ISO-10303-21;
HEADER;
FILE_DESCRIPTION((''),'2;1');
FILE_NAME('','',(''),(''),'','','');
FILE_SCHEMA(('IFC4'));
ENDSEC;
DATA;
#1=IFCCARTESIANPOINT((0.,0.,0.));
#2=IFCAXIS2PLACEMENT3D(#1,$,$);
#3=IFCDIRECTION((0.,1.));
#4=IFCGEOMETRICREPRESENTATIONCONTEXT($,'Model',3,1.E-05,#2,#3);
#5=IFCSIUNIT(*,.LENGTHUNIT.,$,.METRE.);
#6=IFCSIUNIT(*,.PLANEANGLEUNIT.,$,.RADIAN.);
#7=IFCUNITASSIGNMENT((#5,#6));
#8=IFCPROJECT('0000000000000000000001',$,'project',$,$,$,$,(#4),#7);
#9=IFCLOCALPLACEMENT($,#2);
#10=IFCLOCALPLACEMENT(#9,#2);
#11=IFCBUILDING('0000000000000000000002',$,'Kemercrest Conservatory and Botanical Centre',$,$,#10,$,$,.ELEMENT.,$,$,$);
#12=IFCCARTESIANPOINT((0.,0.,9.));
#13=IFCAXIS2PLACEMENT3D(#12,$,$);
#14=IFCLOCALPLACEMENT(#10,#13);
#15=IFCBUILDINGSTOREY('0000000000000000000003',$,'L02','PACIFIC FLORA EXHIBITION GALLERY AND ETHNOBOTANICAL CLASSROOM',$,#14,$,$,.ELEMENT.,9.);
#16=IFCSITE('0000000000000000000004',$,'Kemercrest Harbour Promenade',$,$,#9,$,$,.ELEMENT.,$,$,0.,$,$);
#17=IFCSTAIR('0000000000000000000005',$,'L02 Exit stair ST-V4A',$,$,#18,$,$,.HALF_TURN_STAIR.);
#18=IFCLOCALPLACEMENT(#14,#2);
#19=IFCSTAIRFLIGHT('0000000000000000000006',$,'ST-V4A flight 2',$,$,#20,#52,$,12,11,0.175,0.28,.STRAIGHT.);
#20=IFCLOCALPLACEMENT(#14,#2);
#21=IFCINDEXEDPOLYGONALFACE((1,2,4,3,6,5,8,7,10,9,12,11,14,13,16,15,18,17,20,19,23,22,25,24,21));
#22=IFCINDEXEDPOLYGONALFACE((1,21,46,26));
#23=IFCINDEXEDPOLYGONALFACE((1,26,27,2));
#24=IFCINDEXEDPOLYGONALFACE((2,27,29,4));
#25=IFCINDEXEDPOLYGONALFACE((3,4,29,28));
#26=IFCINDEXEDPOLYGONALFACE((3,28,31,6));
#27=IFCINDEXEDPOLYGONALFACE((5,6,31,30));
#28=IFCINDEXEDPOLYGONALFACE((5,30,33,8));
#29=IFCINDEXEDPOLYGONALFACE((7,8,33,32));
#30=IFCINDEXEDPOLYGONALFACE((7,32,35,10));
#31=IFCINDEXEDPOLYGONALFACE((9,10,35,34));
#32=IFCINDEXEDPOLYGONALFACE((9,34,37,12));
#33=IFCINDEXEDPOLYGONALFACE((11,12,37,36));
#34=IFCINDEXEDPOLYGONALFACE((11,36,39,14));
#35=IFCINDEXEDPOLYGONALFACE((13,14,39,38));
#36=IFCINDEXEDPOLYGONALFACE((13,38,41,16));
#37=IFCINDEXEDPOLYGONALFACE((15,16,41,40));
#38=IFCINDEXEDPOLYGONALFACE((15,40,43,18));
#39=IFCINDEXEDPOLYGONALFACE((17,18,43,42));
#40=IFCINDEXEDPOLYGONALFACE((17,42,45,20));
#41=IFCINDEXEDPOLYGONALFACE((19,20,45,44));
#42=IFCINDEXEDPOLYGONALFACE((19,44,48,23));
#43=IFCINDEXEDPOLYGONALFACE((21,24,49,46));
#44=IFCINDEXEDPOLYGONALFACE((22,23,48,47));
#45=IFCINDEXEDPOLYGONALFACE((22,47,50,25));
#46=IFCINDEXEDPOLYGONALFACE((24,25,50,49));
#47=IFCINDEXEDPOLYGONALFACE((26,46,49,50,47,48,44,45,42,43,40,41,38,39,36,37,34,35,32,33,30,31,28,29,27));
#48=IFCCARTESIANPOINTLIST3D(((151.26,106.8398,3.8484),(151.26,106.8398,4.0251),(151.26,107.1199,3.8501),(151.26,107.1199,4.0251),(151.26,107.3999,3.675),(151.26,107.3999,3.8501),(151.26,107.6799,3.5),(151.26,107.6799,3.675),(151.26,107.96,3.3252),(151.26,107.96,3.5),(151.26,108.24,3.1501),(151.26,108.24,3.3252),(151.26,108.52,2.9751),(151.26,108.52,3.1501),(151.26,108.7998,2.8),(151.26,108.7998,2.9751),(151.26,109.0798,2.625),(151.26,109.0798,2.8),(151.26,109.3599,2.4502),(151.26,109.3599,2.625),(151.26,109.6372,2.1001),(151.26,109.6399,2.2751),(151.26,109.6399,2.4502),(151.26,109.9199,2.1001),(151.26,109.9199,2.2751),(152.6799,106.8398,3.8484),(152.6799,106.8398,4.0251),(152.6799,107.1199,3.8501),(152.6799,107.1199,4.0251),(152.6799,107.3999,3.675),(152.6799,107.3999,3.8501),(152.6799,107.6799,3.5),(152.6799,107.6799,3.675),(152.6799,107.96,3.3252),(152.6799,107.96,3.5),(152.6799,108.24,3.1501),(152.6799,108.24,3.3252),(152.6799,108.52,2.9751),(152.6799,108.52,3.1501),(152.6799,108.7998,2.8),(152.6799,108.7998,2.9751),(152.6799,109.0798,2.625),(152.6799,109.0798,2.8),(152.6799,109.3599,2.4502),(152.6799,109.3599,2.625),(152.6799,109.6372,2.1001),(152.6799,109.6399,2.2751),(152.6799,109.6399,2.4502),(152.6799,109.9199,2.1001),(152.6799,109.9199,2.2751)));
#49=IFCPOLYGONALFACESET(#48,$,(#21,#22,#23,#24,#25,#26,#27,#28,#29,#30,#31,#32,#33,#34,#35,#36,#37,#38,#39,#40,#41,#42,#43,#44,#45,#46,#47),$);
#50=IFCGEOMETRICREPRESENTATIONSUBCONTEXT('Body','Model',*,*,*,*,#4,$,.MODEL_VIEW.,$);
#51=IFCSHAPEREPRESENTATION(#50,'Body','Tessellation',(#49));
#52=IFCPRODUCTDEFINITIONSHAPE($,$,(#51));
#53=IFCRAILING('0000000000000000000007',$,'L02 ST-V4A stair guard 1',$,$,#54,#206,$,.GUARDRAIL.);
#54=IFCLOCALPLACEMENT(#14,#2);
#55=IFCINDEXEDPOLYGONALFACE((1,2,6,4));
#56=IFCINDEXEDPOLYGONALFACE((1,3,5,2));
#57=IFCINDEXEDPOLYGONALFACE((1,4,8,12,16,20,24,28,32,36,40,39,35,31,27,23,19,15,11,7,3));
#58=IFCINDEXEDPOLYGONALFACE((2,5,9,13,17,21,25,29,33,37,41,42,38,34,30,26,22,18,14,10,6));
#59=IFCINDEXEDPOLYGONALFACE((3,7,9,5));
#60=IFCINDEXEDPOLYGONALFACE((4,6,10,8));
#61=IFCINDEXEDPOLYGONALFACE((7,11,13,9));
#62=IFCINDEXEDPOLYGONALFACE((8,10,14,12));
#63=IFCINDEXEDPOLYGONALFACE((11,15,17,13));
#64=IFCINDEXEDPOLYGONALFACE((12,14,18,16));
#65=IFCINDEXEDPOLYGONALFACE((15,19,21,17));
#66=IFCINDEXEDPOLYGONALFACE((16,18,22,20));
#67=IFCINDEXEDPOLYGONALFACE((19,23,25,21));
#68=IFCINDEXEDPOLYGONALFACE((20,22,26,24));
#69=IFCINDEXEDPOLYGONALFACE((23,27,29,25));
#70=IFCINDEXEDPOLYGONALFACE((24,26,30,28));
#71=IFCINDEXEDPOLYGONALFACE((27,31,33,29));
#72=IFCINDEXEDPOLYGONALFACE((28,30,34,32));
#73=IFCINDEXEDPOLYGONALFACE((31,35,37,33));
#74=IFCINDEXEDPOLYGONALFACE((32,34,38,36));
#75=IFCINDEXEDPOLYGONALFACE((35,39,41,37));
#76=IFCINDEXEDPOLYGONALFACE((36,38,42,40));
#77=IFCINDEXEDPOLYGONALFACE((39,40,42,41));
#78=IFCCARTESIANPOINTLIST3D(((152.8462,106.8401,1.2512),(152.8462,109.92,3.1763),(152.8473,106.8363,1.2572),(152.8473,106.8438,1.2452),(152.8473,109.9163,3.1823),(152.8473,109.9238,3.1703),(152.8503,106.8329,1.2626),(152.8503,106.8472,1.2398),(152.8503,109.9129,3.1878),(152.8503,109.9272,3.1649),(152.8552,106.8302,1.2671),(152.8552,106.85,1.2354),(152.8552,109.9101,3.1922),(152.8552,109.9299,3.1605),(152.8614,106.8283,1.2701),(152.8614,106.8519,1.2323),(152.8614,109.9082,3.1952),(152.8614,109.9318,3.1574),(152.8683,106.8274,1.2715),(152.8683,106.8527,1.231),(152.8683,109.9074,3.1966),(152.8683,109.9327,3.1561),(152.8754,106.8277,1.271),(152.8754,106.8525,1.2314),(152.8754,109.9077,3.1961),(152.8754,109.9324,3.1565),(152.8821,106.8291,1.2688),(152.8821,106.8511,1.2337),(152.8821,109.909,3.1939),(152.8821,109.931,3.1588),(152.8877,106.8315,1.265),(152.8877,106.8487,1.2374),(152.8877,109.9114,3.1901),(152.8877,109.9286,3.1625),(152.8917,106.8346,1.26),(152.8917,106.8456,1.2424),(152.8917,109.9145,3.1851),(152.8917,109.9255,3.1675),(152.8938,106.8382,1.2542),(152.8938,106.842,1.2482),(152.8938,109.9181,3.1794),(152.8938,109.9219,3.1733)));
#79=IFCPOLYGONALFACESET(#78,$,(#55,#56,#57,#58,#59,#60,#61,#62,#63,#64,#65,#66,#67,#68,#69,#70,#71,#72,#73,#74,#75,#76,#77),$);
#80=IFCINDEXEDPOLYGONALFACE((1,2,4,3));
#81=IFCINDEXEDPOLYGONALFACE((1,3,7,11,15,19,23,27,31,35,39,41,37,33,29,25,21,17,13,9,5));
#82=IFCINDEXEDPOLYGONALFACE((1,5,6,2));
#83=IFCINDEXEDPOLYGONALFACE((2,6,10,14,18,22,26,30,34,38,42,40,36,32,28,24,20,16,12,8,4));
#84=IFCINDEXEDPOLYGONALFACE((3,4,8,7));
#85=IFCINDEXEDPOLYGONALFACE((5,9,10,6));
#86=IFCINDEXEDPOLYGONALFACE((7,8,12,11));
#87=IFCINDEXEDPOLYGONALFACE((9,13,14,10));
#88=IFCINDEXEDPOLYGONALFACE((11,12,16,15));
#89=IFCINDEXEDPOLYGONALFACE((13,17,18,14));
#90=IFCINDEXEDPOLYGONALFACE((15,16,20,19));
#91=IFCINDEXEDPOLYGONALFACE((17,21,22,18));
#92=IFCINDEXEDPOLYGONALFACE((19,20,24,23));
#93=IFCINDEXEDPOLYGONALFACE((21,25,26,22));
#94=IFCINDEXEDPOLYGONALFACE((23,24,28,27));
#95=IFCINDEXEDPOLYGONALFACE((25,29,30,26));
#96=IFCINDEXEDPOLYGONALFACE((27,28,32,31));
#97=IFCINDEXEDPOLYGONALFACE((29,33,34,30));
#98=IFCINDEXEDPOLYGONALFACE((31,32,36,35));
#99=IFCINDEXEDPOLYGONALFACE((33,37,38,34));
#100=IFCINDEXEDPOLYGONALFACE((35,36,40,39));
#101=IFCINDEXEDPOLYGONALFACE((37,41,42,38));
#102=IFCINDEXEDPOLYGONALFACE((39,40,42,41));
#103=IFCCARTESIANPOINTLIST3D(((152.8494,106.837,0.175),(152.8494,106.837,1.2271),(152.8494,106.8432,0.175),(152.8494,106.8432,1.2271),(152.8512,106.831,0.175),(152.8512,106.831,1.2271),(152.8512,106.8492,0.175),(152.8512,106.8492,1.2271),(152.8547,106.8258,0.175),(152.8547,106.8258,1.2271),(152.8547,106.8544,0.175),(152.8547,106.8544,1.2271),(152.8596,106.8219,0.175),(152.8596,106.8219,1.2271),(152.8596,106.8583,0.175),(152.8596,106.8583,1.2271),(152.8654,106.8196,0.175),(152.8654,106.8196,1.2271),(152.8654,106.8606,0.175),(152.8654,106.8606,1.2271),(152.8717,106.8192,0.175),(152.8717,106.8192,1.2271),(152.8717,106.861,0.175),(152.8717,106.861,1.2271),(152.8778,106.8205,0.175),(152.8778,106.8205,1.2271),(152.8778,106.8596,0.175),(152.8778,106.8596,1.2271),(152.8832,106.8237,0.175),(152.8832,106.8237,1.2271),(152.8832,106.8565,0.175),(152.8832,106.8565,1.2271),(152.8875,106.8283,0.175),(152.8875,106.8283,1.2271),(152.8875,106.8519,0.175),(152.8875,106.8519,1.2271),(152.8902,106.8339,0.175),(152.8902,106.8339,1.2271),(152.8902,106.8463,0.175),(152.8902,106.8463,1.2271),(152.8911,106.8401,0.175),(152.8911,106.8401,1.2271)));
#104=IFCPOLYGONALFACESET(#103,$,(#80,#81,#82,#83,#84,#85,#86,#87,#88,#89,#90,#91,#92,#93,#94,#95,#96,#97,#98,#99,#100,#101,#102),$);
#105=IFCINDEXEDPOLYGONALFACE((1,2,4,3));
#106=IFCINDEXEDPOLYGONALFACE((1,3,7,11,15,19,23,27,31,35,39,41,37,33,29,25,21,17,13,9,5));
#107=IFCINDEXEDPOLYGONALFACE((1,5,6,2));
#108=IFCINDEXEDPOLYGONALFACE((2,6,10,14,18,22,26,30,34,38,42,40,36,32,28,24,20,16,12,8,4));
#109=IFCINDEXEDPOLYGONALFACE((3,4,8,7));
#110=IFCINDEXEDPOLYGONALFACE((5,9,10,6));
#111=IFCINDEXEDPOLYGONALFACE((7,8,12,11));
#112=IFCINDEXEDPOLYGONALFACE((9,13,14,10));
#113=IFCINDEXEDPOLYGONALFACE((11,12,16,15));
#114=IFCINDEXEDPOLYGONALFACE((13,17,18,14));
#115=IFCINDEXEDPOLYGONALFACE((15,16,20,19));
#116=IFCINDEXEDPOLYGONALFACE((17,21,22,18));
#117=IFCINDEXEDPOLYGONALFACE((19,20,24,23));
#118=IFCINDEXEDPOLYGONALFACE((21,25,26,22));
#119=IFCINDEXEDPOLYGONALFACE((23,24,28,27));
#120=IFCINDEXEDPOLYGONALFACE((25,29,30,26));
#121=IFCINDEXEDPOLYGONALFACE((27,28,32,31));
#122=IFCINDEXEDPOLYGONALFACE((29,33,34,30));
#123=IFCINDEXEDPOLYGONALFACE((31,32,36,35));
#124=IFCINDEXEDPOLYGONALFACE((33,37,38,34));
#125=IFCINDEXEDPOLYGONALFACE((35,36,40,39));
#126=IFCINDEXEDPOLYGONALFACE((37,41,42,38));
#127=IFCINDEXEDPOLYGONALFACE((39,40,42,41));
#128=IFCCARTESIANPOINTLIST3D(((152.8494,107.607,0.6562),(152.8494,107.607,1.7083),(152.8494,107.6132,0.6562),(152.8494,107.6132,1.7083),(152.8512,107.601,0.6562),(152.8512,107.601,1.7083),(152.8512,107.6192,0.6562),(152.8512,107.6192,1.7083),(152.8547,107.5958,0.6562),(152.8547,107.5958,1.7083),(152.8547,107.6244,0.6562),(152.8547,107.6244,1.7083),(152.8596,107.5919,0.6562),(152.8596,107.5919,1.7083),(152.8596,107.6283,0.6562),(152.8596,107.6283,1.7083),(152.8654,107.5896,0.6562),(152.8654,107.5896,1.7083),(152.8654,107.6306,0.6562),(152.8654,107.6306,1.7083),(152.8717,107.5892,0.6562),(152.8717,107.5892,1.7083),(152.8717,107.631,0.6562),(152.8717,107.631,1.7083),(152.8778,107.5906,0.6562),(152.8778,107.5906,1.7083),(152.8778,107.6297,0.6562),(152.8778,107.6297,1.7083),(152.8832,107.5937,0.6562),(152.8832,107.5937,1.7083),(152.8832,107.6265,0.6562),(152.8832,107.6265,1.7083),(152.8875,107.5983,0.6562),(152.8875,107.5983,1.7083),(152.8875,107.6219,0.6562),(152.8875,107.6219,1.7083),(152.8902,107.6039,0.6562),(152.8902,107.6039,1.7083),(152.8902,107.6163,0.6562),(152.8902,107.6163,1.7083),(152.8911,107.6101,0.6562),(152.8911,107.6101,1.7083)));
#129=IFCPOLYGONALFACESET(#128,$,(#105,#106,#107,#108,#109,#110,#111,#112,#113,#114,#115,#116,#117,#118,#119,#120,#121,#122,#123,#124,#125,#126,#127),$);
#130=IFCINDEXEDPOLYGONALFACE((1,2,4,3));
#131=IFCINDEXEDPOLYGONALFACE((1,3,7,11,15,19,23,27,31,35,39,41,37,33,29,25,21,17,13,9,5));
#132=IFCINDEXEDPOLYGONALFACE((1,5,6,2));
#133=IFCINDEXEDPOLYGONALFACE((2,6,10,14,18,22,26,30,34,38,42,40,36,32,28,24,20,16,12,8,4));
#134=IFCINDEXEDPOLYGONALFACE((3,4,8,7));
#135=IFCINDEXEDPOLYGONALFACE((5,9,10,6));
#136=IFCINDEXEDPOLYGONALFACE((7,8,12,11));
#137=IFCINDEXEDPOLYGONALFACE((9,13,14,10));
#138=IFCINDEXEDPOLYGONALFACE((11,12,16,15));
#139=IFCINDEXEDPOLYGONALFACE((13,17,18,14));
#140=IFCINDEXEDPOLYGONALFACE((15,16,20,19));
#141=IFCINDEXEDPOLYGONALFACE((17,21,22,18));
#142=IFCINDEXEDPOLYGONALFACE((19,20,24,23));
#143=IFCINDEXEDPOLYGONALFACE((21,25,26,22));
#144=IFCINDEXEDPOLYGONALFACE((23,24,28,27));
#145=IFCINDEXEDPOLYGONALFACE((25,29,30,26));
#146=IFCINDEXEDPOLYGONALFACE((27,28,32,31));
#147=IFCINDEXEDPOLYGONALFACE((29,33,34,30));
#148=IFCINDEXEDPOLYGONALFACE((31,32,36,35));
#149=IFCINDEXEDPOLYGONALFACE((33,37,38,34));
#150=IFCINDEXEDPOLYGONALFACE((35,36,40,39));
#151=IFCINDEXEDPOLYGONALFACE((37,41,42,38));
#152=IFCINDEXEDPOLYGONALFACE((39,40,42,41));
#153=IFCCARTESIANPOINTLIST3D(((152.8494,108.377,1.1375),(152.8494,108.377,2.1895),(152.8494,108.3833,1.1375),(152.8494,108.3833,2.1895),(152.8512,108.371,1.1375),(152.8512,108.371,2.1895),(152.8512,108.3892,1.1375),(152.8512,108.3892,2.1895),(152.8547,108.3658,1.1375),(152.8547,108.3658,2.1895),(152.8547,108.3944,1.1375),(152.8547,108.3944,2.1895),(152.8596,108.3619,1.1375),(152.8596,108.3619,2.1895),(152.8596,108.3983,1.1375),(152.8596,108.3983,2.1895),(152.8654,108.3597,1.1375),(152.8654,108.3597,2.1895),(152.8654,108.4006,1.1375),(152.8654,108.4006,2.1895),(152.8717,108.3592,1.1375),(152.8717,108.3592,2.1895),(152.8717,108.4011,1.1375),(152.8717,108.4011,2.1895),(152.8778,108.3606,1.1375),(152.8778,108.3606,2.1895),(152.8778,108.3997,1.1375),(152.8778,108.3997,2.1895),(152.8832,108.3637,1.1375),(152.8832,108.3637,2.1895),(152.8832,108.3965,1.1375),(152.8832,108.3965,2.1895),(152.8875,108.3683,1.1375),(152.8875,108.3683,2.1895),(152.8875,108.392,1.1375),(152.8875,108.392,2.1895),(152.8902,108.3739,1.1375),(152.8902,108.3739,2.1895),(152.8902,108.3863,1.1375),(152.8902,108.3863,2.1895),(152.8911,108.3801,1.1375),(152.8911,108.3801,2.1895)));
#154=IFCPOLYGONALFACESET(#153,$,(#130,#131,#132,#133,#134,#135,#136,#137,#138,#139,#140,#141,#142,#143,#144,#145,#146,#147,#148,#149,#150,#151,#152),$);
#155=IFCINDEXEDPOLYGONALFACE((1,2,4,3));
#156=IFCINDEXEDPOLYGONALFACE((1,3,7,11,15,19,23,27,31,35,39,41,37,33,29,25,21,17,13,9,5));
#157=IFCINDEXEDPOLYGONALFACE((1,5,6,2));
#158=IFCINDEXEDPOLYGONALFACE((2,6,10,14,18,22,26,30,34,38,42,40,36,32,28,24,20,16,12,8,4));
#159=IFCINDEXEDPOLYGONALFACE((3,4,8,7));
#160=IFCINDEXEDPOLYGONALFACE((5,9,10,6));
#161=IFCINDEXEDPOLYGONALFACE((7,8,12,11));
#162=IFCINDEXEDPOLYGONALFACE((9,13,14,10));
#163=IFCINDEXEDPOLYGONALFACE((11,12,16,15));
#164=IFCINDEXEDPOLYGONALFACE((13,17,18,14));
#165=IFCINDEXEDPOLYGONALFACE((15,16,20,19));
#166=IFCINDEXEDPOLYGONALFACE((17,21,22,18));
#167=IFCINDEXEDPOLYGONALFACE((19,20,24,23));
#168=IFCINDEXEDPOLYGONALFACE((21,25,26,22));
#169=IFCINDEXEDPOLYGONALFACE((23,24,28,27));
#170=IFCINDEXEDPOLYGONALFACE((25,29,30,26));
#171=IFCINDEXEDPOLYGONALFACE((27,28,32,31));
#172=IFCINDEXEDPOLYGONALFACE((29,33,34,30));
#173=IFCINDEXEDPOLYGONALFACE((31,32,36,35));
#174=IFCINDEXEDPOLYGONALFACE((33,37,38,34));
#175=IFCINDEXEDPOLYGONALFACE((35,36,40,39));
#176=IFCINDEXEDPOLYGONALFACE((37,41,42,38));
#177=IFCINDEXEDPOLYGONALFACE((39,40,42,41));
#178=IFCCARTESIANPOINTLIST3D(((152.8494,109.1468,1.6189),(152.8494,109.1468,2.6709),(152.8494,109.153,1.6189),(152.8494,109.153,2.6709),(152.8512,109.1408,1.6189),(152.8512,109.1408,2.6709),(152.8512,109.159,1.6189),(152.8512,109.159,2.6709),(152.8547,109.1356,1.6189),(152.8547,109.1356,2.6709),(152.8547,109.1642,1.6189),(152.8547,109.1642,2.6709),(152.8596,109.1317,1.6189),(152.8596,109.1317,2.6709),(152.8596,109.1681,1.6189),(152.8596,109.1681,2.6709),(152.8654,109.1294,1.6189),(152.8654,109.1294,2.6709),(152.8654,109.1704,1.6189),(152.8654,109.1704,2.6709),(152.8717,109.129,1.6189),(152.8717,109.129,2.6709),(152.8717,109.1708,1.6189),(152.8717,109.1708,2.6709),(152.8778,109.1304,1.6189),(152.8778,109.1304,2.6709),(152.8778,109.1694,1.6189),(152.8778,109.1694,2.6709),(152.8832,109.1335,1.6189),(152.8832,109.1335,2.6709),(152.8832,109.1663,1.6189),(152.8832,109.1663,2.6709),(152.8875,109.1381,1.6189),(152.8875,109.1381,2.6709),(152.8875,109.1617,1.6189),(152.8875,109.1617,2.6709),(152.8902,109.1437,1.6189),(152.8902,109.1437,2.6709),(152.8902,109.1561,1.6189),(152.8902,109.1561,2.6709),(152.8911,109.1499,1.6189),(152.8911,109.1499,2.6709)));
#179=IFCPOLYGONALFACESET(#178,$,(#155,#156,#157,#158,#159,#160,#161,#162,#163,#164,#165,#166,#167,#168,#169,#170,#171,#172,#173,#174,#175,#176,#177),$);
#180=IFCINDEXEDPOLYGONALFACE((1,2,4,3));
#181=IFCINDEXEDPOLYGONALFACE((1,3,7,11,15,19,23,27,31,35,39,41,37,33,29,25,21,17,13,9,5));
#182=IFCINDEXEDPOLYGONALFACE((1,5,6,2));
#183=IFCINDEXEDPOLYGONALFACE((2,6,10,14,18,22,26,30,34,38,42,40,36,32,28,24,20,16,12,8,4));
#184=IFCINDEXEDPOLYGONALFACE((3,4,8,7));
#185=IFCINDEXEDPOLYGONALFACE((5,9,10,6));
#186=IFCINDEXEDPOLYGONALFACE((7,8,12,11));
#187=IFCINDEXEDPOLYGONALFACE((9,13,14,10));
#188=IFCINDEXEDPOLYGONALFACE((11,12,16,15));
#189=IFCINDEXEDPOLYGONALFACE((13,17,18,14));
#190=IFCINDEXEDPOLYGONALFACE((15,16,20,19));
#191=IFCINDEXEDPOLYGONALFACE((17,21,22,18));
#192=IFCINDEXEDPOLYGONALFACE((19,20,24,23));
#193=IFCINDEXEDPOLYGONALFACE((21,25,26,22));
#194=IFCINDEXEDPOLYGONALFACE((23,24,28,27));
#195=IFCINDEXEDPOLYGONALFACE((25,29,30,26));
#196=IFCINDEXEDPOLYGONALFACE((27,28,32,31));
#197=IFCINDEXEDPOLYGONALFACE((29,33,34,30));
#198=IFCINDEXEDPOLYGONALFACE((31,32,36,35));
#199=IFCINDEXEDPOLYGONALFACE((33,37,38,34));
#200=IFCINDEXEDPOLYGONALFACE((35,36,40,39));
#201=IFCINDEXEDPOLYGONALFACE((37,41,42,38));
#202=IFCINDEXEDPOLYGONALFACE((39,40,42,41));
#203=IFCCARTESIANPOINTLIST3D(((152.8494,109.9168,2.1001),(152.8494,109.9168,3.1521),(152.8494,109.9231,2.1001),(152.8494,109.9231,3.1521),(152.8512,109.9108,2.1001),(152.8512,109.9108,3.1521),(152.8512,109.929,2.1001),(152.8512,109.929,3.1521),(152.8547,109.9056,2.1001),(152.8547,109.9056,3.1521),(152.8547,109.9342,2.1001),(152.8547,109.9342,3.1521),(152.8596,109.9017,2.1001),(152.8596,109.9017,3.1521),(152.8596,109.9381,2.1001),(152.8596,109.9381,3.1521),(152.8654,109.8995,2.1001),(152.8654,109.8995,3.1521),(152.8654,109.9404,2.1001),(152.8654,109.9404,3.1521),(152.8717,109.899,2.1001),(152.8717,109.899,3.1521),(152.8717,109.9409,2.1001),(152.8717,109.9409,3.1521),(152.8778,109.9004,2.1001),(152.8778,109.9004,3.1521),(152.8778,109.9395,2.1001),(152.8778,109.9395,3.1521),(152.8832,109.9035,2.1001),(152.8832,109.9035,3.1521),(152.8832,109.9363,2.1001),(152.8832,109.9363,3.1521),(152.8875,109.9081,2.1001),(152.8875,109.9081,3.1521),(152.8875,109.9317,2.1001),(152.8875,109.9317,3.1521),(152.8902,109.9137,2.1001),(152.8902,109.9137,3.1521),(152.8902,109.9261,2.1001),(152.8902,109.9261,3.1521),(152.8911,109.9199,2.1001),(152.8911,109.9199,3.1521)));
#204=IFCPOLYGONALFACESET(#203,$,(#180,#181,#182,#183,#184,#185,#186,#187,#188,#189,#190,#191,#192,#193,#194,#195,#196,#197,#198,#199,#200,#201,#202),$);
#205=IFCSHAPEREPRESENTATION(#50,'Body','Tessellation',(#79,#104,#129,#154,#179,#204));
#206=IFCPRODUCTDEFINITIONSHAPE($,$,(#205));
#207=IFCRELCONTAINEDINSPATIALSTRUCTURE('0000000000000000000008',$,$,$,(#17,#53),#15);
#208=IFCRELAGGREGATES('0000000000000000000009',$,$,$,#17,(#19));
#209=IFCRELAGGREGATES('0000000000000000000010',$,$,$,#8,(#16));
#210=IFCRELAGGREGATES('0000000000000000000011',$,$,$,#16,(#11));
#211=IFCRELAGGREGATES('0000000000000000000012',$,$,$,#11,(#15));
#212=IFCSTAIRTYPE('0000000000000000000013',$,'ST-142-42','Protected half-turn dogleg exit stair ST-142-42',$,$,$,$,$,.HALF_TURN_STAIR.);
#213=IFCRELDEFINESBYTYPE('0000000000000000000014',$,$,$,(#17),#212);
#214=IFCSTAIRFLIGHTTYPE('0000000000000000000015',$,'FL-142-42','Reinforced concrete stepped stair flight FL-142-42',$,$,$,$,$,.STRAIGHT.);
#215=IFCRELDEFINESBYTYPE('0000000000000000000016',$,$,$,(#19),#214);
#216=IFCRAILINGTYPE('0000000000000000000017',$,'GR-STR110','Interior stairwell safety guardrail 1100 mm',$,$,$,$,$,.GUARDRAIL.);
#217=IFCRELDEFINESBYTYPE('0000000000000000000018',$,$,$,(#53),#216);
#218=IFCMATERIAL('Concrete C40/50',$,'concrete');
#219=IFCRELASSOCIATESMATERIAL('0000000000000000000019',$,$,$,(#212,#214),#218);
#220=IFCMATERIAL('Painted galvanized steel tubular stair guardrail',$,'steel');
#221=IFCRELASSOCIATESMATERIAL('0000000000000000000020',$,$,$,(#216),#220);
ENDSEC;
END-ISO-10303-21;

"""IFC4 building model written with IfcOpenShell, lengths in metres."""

from ifc_helpers import new_model, si_unit, direction, frame, origin, origin_2d, place, context, subcontext, project, spatial, polyline, circle, outline, extrude, material, type_object, element, aggregate, save


model = new_model("IFC4")

# Units and contexts
model_context = context("Model", 3, precision=1e-05, world=origin(), true_north=direction((0.0, 1.0)))
body_context = subcontext(model_context, "Body", "Model", "MODEL_VIEW")
ifc_project = project(units=[si_unit("LENGTHUNIT", "METRE"), si_unit("PLANEANGLEUNIT", "RADIAN")], contexts=[model_context])

# Site, building, storey
site_placement = place(None, origin())
site = spatial("IfcSite", under=ifc_project, at=site_placement, Name="Kemercrest Harbour Promenade", CompositionType="ELEMENT", RefElevation=0.0)
building_placement = place(site_placement, origin())
building = spatial("IfcBuilding", under=site, at=building_placement, Name="Kemercrest Conservatory and Botanical Centre", CompositionType="ELEMENT")
storey_placement = place(building_placement, frame((0.0, 0.0, 9.0)))
storey = spatial("IfcBuildingStorey", under=building, at=storey_placement, Name="L02", Description="PACIFIC FLORA EXHIBITION GALLERY AND ETHNOBOTANICAL CLASSROOM", CompositionType="ELEMENT", Elevation=9.0)

# Shared definitions
ifc_material_1 = material(Name="Concrete C40/50", Category="concrete")

# Stair, stair flight
stair_type = type_object("IfcStairType", Name="ST-142-42", Description="Protected half-turn dogleg exit stair ST-142-42", PredefinedType="HALF_TURN_STAIR", material=ifc_material_1)
stair_placement = place(storey_placement, origin())
stair = element("IfcStair", 1, at=stair_placement, inside=storey, type_object=stair_type, Name="L02 Exit stair ST-V4A", PredefinedType="HALF_TURN_STAIR")
stair_flight_type = type_object("IfcStairFlightType", Name="FL-142-42", Description="Reinforced concrete stepped stair flight FL-142-42", PredefinedType="STRAIGHT", material=ifc_material_1)
stair_flight_1_placement = place(storey_placement, frame((151.97, 109.9199, 2.1001), z_axis=(0.0, 0.0, 1.0), x_axis=(0.0, -1.0, 0.0)))
stair_flight_1 = element("IfcStairFlight", 2, at=stair_flight_1_placement, type_object=stair_flight_type, Name="ST-V4A flight 2", NumberOfRisers=12, NumberOfTreads=11, PredefinedType="STRAIGHT", RiserHeight=0.175, TreadLength=0.28, context=body_context, shape_type="SweptSolid", body=[
    extrude(outline(polyline([(0.0, 0.0), (0.0, 0.175), (0.28, 0.175), (0.28, 0.3501), (0.5601, 0.3501), (0.5601, 0.5249), (0.8401, 0.5249), (0.8401, 0.7), (1.1201, 0.7), (1.1201, 0.875), (1.3999, 0.875), (1.3999, 1.05), (1.6799, 1.05), (1.6799, 1.2251), (1.96, 1.2251), (1.96, 1.3999), (2.24, 1.3999), (2.24, 1.575), (2.52, 1.575), (2.52, 1.75), (2.8, 1.75), (2.8, 1.925), (3.0801, 1.925), (3.0801, 2.1001), (3.0801, 1.7483), (0.2827, 0.0), (0.0, 0.0)])), frame((0.0, 0.71, 0.0), z_axis=(0.0, -1.0, 0.0), x_axis=(1.0, 0.0, 0.0)), (0.0, 0.0, 1.0), 1.4199),
])
aggregate(stair, [stair_flight_1])

# Railing
ifc_material_2 = material(Name="Painted galvanized steel tubular stair guardrail", Category="steel")
railing_type_1 = type_object("IfcRailingType", Name="GR-STR110", Description="Interior stairwell safety guardrail 1100 mm", PredefinedType="GUARDRAIL", material=ifc_material_2)
railing_1_placement = place(storey_placement, frame((152.8701, 106.8401, 0.175)))
element("IfcRailing", 3, at=railing_1_placement, inside=storey, type_object=railing_type_1, Name="L02 ST-V4A stair guard 1", PredefinedType="GUARDRAIL", context=body_context, shape_type="SweptSolid", body=[
    extrude(circle(Radius=0.0239, at=origin_2d()), frame((0.0, 0.0, 1.0762), z_axis=(0.0, 0.847979, 0.530029), x_axis=(-1.0, 0.0, 0.0)), (0.0, 0.0, 1.0), 3.6321),
    extrude(circle(Radius=0.021, at=origin_2d()), origin(), (0.0, 0.0, 1.0), 1.052),
    extrude(circle(Radius=0.021, at=origin_2d()), frame((0.0, 0.77, 0.4812)), (0.0, 0.0, 1.0), 1.052),
    extrude(circle(Radius=0.021, at=origin_2d()), frame((0.0, 1.54, 0.9624)), (0.0, 0.0, 1.0), 1.052),
    extrude(circle(Radius=0.021, at=origin_2d()), frame((0.0, 2.3098, 1.4438)), (0.0, 0.0, 1.0), 1.052),
    extrude(circle(Radius=0.021, at=origin_2d()), frame((0.0, 3.0798, 1.925)), (0.0, 0.0, 1.0), 1.052),
])

save(model, "model.ifc")
